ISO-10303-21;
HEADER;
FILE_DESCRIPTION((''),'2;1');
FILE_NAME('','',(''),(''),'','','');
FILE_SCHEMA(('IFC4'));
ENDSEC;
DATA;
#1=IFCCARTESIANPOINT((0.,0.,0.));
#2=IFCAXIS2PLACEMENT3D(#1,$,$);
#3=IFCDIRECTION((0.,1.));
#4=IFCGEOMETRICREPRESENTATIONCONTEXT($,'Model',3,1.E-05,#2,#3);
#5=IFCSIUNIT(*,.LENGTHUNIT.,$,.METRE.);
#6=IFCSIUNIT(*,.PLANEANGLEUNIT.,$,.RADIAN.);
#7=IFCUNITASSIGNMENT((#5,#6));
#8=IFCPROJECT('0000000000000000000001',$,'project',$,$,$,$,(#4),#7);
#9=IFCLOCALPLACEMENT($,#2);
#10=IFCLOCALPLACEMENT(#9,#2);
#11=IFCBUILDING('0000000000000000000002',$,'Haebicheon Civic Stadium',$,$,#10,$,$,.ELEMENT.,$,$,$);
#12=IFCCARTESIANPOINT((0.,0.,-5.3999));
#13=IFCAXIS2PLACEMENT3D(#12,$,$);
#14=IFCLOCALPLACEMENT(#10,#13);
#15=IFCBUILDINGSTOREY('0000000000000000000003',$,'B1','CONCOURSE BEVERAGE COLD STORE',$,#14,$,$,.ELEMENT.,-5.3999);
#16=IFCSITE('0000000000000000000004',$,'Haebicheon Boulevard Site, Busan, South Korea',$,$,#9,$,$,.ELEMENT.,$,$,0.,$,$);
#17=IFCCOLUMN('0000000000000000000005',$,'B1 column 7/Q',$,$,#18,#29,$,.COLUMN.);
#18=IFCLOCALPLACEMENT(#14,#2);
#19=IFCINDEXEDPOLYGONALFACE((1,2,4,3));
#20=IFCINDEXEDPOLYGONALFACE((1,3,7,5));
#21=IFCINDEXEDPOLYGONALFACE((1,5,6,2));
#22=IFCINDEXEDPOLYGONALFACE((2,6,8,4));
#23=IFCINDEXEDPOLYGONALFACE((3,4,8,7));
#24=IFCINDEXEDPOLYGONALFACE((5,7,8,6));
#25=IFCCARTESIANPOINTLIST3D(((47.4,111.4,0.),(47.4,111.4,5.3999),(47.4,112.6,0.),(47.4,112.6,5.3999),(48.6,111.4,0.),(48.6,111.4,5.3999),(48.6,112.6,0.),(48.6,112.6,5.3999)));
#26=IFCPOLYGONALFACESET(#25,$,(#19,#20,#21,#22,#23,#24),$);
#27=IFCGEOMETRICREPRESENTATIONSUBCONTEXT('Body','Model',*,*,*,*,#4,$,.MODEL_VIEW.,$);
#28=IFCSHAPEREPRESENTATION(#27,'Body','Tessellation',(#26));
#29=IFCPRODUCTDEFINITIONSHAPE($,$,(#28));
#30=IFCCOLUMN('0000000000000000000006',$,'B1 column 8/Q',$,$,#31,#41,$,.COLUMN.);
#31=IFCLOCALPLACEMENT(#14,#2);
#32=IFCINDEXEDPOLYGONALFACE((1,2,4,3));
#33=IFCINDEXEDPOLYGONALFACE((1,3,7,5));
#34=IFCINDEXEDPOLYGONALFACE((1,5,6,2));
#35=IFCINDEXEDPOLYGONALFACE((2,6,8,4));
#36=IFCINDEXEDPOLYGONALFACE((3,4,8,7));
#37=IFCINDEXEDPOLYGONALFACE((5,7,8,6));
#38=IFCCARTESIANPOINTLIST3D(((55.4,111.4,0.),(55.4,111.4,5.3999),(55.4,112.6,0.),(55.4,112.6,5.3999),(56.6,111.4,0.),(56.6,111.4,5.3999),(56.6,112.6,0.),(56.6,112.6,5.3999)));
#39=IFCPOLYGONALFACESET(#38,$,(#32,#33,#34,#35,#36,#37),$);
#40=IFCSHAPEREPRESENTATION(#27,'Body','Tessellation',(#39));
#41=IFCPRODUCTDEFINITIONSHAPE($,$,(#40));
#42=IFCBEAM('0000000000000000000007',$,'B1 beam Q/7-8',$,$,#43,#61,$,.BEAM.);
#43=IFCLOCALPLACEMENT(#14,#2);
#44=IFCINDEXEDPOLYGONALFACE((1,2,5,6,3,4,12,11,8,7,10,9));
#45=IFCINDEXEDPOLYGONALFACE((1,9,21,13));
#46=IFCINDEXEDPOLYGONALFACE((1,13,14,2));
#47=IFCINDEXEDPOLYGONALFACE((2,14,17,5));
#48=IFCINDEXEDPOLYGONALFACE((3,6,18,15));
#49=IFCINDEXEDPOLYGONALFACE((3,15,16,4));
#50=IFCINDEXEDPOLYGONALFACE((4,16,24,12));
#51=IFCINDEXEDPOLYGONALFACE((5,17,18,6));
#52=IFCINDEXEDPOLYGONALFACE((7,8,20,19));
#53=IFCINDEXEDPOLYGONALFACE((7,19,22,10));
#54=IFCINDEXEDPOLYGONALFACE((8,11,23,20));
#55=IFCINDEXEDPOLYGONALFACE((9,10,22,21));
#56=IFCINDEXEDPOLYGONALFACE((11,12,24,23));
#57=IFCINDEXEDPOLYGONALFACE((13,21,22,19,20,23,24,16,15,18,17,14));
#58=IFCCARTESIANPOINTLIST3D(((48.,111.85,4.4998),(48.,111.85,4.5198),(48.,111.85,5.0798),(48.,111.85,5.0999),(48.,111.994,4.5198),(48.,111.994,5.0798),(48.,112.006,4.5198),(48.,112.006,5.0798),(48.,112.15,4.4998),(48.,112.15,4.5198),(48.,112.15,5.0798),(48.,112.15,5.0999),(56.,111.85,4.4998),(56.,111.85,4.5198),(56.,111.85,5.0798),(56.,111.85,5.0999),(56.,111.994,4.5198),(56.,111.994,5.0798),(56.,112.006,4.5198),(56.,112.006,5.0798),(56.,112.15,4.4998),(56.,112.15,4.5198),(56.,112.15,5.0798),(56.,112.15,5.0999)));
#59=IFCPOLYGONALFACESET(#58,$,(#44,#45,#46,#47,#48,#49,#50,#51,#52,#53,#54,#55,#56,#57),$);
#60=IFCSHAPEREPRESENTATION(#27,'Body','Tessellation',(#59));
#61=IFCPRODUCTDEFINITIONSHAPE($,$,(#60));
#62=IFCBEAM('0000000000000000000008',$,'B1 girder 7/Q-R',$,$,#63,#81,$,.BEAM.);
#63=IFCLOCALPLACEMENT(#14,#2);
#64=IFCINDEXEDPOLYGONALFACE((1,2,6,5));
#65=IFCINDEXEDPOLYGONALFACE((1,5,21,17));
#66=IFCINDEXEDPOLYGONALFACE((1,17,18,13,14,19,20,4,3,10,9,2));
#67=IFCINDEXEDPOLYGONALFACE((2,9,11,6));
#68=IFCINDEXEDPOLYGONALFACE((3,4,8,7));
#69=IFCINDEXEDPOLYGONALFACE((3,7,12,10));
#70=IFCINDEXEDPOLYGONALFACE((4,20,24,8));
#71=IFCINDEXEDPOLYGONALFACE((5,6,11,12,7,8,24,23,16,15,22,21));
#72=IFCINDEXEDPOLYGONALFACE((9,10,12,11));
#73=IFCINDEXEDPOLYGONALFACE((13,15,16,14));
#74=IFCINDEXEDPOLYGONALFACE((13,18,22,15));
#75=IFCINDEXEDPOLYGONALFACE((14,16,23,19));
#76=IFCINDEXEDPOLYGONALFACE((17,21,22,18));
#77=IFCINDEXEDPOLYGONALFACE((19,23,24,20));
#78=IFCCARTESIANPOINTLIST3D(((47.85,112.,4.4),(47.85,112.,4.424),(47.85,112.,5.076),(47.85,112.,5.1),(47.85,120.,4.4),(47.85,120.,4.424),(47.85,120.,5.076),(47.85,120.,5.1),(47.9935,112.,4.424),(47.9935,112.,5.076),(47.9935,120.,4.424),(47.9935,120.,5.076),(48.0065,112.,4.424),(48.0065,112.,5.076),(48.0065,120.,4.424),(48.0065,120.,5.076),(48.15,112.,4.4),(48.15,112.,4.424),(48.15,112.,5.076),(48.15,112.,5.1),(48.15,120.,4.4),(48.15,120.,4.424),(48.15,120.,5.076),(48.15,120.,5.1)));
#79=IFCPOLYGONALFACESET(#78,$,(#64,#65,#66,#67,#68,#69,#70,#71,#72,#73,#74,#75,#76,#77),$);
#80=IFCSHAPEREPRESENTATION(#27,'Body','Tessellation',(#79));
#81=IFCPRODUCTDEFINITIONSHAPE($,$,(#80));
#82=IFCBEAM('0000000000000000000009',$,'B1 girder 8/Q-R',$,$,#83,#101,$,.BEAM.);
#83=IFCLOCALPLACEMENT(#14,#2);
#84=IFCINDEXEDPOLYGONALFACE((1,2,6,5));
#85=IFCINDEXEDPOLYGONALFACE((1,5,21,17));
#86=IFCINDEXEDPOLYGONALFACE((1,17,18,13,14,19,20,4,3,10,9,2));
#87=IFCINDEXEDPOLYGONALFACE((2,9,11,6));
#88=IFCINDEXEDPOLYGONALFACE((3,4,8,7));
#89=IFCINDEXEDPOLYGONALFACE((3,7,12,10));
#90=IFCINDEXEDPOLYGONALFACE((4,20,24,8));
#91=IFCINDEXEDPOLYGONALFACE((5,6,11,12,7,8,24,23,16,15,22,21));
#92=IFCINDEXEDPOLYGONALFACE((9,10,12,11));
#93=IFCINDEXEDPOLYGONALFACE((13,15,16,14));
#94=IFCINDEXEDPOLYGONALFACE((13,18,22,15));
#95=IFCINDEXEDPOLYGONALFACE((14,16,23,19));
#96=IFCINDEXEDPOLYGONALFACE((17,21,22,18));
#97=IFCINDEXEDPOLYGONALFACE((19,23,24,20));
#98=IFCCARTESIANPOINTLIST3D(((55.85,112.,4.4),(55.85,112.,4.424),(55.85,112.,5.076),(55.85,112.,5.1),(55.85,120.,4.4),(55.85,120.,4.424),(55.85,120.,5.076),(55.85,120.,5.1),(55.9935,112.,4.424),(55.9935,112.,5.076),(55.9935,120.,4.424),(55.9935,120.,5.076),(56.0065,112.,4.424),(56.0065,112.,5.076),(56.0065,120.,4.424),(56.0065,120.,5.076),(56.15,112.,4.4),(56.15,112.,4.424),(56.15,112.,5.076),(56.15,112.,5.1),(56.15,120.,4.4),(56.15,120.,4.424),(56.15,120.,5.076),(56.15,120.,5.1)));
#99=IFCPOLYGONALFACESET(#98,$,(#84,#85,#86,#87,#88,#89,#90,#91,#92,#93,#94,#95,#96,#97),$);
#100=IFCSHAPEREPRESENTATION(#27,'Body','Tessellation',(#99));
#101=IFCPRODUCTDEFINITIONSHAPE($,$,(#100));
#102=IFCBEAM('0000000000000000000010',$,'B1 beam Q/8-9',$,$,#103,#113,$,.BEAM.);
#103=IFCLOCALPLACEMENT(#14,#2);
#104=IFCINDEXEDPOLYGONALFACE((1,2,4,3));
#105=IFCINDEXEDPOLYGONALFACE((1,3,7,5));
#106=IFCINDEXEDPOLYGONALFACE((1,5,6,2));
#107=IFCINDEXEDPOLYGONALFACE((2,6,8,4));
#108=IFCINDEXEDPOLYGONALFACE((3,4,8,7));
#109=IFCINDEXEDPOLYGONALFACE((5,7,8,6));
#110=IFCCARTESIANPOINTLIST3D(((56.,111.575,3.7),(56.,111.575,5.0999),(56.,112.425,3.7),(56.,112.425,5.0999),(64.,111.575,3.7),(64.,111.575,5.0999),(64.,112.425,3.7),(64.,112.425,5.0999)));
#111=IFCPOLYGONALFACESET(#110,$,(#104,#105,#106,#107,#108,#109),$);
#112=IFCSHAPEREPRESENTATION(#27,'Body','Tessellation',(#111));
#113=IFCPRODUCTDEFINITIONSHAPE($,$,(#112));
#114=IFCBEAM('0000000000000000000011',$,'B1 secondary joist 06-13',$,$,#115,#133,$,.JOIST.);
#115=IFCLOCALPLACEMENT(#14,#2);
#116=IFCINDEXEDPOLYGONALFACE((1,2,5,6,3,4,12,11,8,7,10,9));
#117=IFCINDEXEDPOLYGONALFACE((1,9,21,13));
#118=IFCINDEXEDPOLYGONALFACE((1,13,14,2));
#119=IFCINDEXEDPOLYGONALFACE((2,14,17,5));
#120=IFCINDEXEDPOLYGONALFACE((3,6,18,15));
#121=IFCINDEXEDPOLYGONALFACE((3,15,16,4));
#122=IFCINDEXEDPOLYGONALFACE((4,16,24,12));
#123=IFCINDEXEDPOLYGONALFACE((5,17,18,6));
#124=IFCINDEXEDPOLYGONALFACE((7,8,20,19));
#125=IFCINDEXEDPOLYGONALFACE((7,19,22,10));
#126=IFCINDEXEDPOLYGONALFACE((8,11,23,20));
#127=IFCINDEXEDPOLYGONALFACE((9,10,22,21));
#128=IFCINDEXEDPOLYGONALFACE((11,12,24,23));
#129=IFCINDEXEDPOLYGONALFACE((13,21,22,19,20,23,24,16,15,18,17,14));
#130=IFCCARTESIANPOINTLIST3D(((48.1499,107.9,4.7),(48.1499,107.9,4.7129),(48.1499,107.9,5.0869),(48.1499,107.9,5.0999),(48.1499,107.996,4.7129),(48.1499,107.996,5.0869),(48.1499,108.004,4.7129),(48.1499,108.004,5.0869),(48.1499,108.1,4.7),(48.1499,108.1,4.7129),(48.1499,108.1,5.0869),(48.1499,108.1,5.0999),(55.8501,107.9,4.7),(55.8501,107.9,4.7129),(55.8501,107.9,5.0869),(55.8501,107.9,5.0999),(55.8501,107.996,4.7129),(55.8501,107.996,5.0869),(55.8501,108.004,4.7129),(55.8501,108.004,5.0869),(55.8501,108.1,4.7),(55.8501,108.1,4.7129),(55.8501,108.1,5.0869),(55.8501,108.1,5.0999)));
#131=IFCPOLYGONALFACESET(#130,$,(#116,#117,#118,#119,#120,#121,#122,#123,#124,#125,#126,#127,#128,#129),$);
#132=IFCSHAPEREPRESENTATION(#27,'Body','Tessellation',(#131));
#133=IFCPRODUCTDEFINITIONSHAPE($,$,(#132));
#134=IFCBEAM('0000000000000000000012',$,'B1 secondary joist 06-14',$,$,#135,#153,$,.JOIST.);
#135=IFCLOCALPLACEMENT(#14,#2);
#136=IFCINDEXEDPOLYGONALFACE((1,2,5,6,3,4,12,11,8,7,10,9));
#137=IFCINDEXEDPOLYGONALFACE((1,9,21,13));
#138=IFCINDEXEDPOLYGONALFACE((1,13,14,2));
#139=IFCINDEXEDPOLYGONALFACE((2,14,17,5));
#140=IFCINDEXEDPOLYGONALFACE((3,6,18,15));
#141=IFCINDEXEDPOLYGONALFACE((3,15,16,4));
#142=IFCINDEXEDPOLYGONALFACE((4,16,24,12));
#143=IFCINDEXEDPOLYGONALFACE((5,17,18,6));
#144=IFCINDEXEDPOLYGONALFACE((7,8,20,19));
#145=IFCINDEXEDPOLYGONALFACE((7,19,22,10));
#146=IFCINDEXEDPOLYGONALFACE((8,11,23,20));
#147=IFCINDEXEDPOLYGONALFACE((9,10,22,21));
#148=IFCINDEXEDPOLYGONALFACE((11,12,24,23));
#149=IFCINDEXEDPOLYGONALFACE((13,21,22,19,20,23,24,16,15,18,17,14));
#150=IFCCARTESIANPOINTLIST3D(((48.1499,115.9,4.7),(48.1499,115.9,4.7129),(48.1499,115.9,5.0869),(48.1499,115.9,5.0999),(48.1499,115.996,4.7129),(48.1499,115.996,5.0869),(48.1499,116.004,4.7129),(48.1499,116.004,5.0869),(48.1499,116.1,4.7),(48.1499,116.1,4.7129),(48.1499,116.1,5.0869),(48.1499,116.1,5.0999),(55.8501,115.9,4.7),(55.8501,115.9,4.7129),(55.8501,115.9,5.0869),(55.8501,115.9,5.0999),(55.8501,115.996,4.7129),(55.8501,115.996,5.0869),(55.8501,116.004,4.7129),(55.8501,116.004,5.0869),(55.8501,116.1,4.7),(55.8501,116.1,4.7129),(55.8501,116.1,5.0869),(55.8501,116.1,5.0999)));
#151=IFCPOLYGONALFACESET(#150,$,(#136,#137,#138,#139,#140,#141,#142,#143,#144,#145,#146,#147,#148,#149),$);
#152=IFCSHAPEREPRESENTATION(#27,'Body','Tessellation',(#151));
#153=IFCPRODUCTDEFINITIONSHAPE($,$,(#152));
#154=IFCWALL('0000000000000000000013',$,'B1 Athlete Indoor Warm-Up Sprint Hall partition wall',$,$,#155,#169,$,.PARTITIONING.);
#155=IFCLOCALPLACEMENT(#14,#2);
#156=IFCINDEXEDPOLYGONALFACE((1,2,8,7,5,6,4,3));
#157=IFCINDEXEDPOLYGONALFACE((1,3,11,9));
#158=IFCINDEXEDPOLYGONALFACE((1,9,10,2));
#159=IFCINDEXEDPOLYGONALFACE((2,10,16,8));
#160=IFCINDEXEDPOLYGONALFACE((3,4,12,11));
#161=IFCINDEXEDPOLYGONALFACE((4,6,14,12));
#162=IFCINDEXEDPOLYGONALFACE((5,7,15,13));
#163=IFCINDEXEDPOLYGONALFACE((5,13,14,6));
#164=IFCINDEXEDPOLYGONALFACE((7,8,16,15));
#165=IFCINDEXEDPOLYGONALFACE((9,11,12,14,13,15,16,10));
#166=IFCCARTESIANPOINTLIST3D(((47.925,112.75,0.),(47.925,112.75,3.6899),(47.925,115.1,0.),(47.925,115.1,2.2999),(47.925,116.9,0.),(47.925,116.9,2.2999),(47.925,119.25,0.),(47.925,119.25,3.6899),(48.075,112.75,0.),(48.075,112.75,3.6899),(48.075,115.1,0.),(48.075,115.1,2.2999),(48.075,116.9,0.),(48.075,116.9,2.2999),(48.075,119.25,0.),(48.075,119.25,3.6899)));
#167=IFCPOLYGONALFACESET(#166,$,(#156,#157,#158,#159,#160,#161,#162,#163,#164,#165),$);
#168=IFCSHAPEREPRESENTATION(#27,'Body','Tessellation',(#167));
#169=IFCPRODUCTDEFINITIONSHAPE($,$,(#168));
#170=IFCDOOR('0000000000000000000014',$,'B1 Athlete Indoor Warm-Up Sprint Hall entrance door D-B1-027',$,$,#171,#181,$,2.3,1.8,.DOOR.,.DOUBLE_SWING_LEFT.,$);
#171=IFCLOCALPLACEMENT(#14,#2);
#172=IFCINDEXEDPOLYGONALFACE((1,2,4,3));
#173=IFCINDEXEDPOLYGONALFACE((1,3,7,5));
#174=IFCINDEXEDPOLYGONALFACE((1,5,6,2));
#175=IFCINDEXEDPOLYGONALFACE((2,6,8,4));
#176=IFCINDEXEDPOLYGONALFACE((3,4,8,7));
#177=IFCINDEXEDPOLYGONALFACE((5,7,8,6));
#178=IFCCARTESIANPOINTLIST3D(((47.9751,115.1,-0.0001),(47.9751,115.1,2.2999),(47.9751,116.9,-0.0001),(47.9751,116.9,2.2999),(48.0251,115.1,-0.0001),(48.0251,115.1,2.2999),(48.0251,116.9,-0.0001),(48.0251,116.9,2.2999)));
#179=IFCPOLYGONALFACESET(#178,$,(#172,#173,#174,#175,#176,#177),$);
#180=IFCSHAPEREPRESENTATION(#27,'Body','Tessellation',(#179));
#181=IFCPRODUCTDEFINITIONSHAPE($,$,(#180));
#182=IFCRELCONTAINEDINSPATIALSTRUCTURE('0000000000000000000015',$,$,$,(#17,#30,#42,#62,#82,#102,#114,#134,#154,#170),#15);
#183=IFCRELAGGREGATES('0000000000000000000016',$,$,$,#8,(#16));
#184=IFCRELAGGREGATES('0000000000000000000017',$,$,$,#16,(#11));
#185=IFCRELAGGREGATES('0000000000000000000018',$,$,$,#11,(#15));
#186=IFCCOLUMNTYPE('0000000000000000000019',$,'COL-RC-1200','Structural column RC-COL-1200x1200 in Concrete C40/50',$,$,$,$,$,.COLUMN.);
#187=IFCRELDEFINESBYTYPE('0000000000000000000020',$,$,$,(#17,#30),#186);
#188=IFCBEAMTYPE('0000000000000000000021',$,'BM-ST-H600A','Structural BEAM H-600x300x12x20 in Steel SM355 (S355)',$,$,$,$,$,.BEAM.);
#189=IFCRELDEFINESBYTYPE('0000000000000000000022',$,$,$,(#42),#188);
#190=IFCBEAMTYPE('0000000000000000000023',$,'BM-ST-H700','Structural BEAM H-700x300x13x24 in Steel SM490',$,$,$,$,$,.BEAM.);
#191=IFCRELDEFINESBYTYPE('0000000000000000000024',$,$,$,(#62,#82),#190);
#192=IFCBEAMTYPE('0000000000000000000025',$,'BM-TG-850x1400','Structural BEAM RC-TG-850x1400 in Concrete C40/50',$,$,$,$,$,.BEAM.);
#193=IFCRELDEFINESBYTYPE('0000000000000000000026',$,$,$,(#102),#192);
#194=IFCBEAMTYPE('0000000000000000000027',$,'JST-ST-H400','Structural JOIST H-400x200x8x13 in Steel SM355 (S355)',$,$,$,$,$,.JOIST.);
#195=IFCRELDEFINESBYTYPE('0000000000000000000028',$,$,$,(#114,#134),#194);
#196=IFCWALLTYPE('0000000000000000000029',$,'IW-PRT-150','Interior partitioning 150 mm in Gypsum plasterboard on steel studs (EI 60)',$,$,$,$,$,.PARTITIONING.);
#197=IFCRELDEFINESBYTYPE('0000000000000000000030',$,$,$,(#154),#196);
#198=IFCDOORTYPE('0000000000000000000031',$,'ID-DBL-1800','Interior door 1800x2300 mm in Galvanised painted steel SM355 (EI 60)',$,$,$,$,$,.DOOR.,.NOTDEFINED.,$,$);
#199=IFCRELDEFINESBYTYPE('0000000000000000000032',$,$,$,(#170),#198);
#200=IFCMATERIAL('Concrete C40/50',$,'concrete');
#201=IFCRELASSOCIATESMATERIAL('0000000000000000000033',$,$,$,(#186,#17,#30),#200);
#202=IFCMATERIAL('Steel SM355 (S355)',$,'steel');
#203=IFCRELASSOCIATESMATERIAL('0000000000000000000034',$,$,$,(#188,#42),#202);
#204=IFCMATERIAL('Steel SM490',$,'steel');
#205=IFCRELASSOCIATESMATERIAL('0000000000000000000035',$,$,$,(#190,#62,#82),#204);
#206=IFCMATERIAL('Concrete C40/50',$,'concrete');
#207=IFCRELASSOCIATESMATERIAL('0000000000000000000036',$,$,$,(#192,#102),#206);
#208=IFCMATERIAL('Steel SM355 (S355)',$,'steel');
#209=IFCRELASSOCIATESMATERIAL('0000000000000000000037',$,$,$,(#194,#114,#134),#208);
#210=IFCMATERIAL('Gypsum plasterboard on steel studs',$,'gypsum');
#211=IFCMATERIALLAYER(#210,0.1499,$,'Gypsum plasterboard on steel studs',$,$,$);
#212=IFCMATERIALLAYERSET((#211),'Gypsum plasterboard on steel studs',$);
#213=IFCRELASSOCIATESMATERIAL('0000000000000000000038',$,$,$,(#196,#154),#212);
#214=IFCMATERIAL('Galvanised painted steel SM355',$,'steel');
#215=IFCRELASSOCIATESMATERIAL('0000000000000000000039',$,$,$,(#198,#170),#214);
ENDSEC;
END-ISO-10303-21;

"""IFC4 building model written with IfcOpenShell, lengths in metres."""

from ifc_helpers import new_model, si_unit, direction, frame, frame_2d, origin, origin_2d, place, context, subcontext, project, spatial, rectangle, i_section, extrude, material, layer, layer_set, material_profile, profile_set, type_object, element, fill, save


model = new_model("IFC4")

# Units and contexts
model_context = context("Model", 3, precision=1e-05, world=origin(), true_north=direction((0.0, 1.0)))
body_context = subcontext(model_context, "Body", "Model", "MODEL_VIEW")
ifc_project = project(units=[si_unit("LENGTHUNIT", "METRE"), si_unit("PLANEANGLEUNIT", "RADIAN")], contexts=[model_context])

# Site, building, storey
site_placement = place(None, origin())
site = spatial("IfcSite", under=ifc_project, at=site_placement, Name="Haebicheon Boulevard Site, Busan, South Korea", CompositionType="ELEMENT", RefElevation=0.0)
building_placement = place(site_placement, origin())
building = spatial("IfcBuilding", under=site, at=building_placement, Name="Haebicheon Civic Stadium", CompositionType="ELEMENT")
storey_placement = place(building_placement, frame((0.0, 0.0, -5.3999)))
storey = spatial("IfcBuildingStorey", under=building, at=storey_placement, Name="B1", Description="CONCOURSE BEVERAGE COLD STORE", CompositionType="ELEMENT", Elevation=-5.3999)

# Columns
ifc_material_1 = material(Name="Concrete C40/50", Category="concrete")
ifc_material_profile_1 = material_profile(ifc_material_1, rectangle(XDim=1.2, YDim=1.2, at=origin_2d()), Name="RC-COL-1200x1200")
ifc_profile_set_1 = profile_set([ifc_material_profile_1], Name="Concrete C40/50")
column_type = type_object("IfcColumnType", Name="COL-RC-1200", Description="Structural column RC-COL-1200x1200 in Concrete C40/50", PredefinedType="COLUMN", material=ifc_profile_set_1)
for number, where, z_axis, x_axis, name in (
    (1, (48.0, 112.0, 0.0), (0.0, 0.0, 1.0), (1.0, 0.0, 0.0), "B1 column 7/Q"),
    (2, (56.0, 112.0, 0.0), (0.0, 0.0, 1.0), (1.0, 0.0, 0.0), "B1 column 8/Q"),
):
    element("IfcColumn", number, at=place(storey_placement, frame(where, z_axis=z_axis, x_axis=x_axis)), inside=storey, type_object=column_type, material=ifc_profile_set_1, Name=name, PredefinedType="COLUMN", context=body_context, shape_type="SweptSolid", body=[
        extrude(rectangle(XDim=1.2, YDim=1.2, at=origin_2d()), origin(), (0.0, 0.0, 1.0), 5.3999),
    ])

# Beams
ifc_material_2 = material(Name="Steel SM355 (S355)", Category="steel")
ifc_material_profile_2 = material_profile(ifc_material_2, i_section(OverallWidth=0.3, OverallDepth=0.6001, WebThickness=0.012, FlangeThickness=0.02, at=origin_2d()), Name="H-600x300x12x20")
ifc_profile_set_2 = profile_set([ifc_material_profile_2], Name="Steel SM355 (S355)")
beam_type_1 = type_object("IfcBeamType", Name="BM-ST-H600A", Description="Structural BEAM H-600x300x12x20 in Steel SM355 (S355)", PredefinedType="BEAM", material=ifc_profile_set_2)
beam_1_placement = place(storey_placement, frame((48.0, 112.0, 4.7998), z_axis=(1.0, 0.0, 0.0), x_axis=(0.0, 1.0, 0.0)))
element("IfcBeam", 3, at=beam_1_placement, inside=storey, type_object=beam_type_1, material=ifc_profile_set_2, Name="B1 beam Q/7-8", PredefinedType="BEAM", context=body_context, shape_type="SweptSolid", body=[
    extrude(i_section(OverallWidth=0.3, OverallDepth=0.6001, WebThickness=0.012, FlangeThickness=0.02, at=origin_2d()), origin(), (0.0, 0.0, 1.0), 8.0),
])
ifc_material_3 = material(Name="Steel SM490", Category="steel")
ifc_material_profile_3 = material_profile(ifc_material_3, i_section(OverallWidth=0.3, OverallDepth=0.7, WebThickness=0.0129, FlangeThickness=0.0239, at=origin_2d()), Name="H-700x300x13x24")
ifc_profile_set_3 = profile_set([ifc_material_profile_3], Name="Steel SM490")
beam_type_2 = type_object("IfcBeamType", Name="BM-ST-H700", Description="Structural BEAM H-700x300x13x24 in Steel SM490", PredefinedType="BEAM", material=ifc_profile_set_3)
for number, where, z_axis, x_axis, name in (
    (4, (48.0, 112.0, 4.75), (0.0, 1.0, 0.0), (-1.0, 0.0, 0.0), "B1 girder 7/Q-R"),
    (5, (56.0, 112.0, 4.75), (0.0, 1.0, 0.0), (-1.0, 0.0, 0.0), "B1 girder 8/Q-R"),
):
    element("IfcBeam", number, at=place(storey_placement, frame(where, z_axis=z_axis, x_axis=x_axis)), inside=storey, type_object=beam_type_2, material=ifc_profile_set_3, Name=name, PredefinedType="BEAM", context=body_context, shape_type="SweptSolid", body=[
        extrude(i_section(OverallWidth=0.3, OverallDepth=0.7, WebThickness=0.0129, FlangeThickness=0.0239, at=origin_2d()), origin(), (0.0, 0.0, 1.0), 8.0),
    ])
ifc_material_4 = material(Name="Concrete C40/50", Category="concrete")
ifc_material_profile_4 = material_profile(ifc_material_4, rectangle(XDim=0.8501, YDim=1.3999, at=origin_2d()), Name="RC-TG-850x1400")
ifc_profile_set_4 = profile_set([ifc_material_profile_4], Name="Concrete C40/50")
beam_type_3 = type_object("IfcBeamType", Name="BM-TG-850x1400", Description="Structural BEAM RC-TG-850x1400 in Concrete C40/50", PredefinedType="BEAM", material=ifc_profile_set_4)
beam_2_placement = place(storey_placement, frame((56.0, 112.0, 4.3999), z_axis=(1.0, 0.0, 0.0), x_axis=(0.0, 1.0, 0.0)))
element("IfcBeam", 6, at=beam_2_placement, inside=storey, type_object=beam_type_3, material=ifc_profile_set_4, Name="B1 beam Q/8-9", PredefinedType="BEAM", context=body_context, shape_type="SweptSolid", body=[
    extrude(rectangle(XDim=0.8501, YDim=1.3999, at=origin_2d()), origin(), (0.0, 0.0, 1.0), 8.0),
])
ifc_material_5 = material(Name="Steel SM355 (S355)", Category="steel")
ifc_material_profile_5 = material_profile(ifc_material_5, i_section(OverallWidth=0.2, OverallDepth=0.3999, WebThickness=0.0081, FlangeThickness=0.0129, at=origin_2d()), Name="H-400x200x8x13")
ifc_profile_set_5 = profile_set([ifc_material_profile_5], Name="Steel SM355 (S355)")
beam_type_4 = type_object("IfcBeamType", Name="JST-ST-H400", Description="Structural JOIST H-400x200x8x13 in Steel SM355 (S355)", PredefinedType="JOIST", material=ifc_profile_set_5)
for number, where, z_axis, x_axis, name in (
    (7, (48.1499, 108.0, 4.8999), (1.0, 0.0, 0.0), (0.0, 1.0, 0.0), "B1 secondary joist 06-13"),
    (8, (48.1499, 116.0, 4.8999), (1.0, 0.0, 0.0), (0.0, 1.0, 0.0), "B1 secondary joist 06-14"),
):
    element("IfcBeam", number, at=place(storey_placement, frame(where, z_axis=z_axis, x_axis=x_axis)), inside=storey, type_object=beam_type_4, material=ifc_profile_set_5, Name=name, PredefinedType="JOIST", context=body_context, shape_type="SweptSolid", body=[
        extrude(i_section(OverallWidth=0.2, OverallDepth=0.3999, WebThickness=0.0081, FlangeThickness=0.0129, at=origin_2d()), origin(), (0.0, 0.0, 1.0), 7.7002),
    ])

# Wall, opening, door
ifc_material_6 = material(Name="Gypsum plasterboard on steel studs", Category="gypsum")
ifc_layer_1 = layer(ifc_material_6, 0.1499, Name="Gypsum plasterboard on steel studs")
ifc_layer_set_1 = layer_set([ifc_layer_1], Name="Gypsum plasterboard on steel studs")
wall_type = type_object("IfcWallType", Name="IW-PRT-150", Description="Interior partitioning 150 mm in Gypsum plasterboard on steel studs (EI 60)", PredefinedType="PARTITIONING", material=ifc_layer_set_1)
wall_placement = place(storey_placement, frame((48.0, 112.75, 0.0), z_axis=(0.0, 0.0, 1.0), x_axis=(0.0, 1.0, 0.0)))
wall = element("IfcWall", 9, at=wall_placement, inside=storey, type_object=wall_type, material=ifc_layer_set_1, Name="B1 Athlete Indoor Warm-Up Sprint Hall partition wall", PredefinedType="PARTITIONING", context=body_context, shape_type="SweptSolid", body=[
    extrude(rectangle(XDim=6.5, YDim=0.1499, at=frame_2d((3.25, 0.0))), origin(), (0.0, 0.0, 1.0), 3.6899),
])
opening_placement = place(wall_placement, frame((2.3501, 0.0, 0.0)))
opening = element("IfcOpeningElement", 10, at=opening_placement, cuts=wall, PredefinedType="OPENING", context=body_context, shape_type="SweptSolid", body=[
    extrude(rectangle(XDim=1.8, YDim=2.3, at=frame_2d((0.8999, 1.1499))), frame((0.0, 0.085, 0.0), z_axis=(0.0, -1.0, 0.0), x_axis=(1.0, 0.0, 0.0)), (0.0, 0.0, 1.0), 0.1699),
])
ifc_material_7 = material(Name="Galvanised painted steel SM355", Category="steel")
door_type = type_object("IfcDoorType", Name="ID-DBL-1800", Description="Interior door 1800x2300 mm in Galvanised painted steel SM355 (EI 60)", OperationType="NOTDEFINED", PredefinedType="DOOR", material=ifc_material_7)
door_placement = place(opening_placement, origin())
door = element("IfcDoor", 11, at=door_placement, inside=storey, type_object=door_type, material=ifc_material_7, Name="B1 Athlete Indoor Warm-Up Sprint Hall entrance door D-B1-027", OperationType="DOUBLE_SWING_LEFT", OverallHeight=2.3, OverallWidth=1.8, PredefinedType="DOOR", context=body_context, shape_type="SweptSolid", body=[
    extrude(rectangle(XDim=1.8, YDim=2.3, at=frame_2d((0.8999, 1.1499))), frame((0.0, 0.0249, 0.0), z_axis=(0.0, -1.0, 0.0), x_axis=(1.0, 0.0, 0.0)), (0.0, 0.0, 1.0), 0.05),
])
fill(opening, door)

save(model, "model.ifc")
